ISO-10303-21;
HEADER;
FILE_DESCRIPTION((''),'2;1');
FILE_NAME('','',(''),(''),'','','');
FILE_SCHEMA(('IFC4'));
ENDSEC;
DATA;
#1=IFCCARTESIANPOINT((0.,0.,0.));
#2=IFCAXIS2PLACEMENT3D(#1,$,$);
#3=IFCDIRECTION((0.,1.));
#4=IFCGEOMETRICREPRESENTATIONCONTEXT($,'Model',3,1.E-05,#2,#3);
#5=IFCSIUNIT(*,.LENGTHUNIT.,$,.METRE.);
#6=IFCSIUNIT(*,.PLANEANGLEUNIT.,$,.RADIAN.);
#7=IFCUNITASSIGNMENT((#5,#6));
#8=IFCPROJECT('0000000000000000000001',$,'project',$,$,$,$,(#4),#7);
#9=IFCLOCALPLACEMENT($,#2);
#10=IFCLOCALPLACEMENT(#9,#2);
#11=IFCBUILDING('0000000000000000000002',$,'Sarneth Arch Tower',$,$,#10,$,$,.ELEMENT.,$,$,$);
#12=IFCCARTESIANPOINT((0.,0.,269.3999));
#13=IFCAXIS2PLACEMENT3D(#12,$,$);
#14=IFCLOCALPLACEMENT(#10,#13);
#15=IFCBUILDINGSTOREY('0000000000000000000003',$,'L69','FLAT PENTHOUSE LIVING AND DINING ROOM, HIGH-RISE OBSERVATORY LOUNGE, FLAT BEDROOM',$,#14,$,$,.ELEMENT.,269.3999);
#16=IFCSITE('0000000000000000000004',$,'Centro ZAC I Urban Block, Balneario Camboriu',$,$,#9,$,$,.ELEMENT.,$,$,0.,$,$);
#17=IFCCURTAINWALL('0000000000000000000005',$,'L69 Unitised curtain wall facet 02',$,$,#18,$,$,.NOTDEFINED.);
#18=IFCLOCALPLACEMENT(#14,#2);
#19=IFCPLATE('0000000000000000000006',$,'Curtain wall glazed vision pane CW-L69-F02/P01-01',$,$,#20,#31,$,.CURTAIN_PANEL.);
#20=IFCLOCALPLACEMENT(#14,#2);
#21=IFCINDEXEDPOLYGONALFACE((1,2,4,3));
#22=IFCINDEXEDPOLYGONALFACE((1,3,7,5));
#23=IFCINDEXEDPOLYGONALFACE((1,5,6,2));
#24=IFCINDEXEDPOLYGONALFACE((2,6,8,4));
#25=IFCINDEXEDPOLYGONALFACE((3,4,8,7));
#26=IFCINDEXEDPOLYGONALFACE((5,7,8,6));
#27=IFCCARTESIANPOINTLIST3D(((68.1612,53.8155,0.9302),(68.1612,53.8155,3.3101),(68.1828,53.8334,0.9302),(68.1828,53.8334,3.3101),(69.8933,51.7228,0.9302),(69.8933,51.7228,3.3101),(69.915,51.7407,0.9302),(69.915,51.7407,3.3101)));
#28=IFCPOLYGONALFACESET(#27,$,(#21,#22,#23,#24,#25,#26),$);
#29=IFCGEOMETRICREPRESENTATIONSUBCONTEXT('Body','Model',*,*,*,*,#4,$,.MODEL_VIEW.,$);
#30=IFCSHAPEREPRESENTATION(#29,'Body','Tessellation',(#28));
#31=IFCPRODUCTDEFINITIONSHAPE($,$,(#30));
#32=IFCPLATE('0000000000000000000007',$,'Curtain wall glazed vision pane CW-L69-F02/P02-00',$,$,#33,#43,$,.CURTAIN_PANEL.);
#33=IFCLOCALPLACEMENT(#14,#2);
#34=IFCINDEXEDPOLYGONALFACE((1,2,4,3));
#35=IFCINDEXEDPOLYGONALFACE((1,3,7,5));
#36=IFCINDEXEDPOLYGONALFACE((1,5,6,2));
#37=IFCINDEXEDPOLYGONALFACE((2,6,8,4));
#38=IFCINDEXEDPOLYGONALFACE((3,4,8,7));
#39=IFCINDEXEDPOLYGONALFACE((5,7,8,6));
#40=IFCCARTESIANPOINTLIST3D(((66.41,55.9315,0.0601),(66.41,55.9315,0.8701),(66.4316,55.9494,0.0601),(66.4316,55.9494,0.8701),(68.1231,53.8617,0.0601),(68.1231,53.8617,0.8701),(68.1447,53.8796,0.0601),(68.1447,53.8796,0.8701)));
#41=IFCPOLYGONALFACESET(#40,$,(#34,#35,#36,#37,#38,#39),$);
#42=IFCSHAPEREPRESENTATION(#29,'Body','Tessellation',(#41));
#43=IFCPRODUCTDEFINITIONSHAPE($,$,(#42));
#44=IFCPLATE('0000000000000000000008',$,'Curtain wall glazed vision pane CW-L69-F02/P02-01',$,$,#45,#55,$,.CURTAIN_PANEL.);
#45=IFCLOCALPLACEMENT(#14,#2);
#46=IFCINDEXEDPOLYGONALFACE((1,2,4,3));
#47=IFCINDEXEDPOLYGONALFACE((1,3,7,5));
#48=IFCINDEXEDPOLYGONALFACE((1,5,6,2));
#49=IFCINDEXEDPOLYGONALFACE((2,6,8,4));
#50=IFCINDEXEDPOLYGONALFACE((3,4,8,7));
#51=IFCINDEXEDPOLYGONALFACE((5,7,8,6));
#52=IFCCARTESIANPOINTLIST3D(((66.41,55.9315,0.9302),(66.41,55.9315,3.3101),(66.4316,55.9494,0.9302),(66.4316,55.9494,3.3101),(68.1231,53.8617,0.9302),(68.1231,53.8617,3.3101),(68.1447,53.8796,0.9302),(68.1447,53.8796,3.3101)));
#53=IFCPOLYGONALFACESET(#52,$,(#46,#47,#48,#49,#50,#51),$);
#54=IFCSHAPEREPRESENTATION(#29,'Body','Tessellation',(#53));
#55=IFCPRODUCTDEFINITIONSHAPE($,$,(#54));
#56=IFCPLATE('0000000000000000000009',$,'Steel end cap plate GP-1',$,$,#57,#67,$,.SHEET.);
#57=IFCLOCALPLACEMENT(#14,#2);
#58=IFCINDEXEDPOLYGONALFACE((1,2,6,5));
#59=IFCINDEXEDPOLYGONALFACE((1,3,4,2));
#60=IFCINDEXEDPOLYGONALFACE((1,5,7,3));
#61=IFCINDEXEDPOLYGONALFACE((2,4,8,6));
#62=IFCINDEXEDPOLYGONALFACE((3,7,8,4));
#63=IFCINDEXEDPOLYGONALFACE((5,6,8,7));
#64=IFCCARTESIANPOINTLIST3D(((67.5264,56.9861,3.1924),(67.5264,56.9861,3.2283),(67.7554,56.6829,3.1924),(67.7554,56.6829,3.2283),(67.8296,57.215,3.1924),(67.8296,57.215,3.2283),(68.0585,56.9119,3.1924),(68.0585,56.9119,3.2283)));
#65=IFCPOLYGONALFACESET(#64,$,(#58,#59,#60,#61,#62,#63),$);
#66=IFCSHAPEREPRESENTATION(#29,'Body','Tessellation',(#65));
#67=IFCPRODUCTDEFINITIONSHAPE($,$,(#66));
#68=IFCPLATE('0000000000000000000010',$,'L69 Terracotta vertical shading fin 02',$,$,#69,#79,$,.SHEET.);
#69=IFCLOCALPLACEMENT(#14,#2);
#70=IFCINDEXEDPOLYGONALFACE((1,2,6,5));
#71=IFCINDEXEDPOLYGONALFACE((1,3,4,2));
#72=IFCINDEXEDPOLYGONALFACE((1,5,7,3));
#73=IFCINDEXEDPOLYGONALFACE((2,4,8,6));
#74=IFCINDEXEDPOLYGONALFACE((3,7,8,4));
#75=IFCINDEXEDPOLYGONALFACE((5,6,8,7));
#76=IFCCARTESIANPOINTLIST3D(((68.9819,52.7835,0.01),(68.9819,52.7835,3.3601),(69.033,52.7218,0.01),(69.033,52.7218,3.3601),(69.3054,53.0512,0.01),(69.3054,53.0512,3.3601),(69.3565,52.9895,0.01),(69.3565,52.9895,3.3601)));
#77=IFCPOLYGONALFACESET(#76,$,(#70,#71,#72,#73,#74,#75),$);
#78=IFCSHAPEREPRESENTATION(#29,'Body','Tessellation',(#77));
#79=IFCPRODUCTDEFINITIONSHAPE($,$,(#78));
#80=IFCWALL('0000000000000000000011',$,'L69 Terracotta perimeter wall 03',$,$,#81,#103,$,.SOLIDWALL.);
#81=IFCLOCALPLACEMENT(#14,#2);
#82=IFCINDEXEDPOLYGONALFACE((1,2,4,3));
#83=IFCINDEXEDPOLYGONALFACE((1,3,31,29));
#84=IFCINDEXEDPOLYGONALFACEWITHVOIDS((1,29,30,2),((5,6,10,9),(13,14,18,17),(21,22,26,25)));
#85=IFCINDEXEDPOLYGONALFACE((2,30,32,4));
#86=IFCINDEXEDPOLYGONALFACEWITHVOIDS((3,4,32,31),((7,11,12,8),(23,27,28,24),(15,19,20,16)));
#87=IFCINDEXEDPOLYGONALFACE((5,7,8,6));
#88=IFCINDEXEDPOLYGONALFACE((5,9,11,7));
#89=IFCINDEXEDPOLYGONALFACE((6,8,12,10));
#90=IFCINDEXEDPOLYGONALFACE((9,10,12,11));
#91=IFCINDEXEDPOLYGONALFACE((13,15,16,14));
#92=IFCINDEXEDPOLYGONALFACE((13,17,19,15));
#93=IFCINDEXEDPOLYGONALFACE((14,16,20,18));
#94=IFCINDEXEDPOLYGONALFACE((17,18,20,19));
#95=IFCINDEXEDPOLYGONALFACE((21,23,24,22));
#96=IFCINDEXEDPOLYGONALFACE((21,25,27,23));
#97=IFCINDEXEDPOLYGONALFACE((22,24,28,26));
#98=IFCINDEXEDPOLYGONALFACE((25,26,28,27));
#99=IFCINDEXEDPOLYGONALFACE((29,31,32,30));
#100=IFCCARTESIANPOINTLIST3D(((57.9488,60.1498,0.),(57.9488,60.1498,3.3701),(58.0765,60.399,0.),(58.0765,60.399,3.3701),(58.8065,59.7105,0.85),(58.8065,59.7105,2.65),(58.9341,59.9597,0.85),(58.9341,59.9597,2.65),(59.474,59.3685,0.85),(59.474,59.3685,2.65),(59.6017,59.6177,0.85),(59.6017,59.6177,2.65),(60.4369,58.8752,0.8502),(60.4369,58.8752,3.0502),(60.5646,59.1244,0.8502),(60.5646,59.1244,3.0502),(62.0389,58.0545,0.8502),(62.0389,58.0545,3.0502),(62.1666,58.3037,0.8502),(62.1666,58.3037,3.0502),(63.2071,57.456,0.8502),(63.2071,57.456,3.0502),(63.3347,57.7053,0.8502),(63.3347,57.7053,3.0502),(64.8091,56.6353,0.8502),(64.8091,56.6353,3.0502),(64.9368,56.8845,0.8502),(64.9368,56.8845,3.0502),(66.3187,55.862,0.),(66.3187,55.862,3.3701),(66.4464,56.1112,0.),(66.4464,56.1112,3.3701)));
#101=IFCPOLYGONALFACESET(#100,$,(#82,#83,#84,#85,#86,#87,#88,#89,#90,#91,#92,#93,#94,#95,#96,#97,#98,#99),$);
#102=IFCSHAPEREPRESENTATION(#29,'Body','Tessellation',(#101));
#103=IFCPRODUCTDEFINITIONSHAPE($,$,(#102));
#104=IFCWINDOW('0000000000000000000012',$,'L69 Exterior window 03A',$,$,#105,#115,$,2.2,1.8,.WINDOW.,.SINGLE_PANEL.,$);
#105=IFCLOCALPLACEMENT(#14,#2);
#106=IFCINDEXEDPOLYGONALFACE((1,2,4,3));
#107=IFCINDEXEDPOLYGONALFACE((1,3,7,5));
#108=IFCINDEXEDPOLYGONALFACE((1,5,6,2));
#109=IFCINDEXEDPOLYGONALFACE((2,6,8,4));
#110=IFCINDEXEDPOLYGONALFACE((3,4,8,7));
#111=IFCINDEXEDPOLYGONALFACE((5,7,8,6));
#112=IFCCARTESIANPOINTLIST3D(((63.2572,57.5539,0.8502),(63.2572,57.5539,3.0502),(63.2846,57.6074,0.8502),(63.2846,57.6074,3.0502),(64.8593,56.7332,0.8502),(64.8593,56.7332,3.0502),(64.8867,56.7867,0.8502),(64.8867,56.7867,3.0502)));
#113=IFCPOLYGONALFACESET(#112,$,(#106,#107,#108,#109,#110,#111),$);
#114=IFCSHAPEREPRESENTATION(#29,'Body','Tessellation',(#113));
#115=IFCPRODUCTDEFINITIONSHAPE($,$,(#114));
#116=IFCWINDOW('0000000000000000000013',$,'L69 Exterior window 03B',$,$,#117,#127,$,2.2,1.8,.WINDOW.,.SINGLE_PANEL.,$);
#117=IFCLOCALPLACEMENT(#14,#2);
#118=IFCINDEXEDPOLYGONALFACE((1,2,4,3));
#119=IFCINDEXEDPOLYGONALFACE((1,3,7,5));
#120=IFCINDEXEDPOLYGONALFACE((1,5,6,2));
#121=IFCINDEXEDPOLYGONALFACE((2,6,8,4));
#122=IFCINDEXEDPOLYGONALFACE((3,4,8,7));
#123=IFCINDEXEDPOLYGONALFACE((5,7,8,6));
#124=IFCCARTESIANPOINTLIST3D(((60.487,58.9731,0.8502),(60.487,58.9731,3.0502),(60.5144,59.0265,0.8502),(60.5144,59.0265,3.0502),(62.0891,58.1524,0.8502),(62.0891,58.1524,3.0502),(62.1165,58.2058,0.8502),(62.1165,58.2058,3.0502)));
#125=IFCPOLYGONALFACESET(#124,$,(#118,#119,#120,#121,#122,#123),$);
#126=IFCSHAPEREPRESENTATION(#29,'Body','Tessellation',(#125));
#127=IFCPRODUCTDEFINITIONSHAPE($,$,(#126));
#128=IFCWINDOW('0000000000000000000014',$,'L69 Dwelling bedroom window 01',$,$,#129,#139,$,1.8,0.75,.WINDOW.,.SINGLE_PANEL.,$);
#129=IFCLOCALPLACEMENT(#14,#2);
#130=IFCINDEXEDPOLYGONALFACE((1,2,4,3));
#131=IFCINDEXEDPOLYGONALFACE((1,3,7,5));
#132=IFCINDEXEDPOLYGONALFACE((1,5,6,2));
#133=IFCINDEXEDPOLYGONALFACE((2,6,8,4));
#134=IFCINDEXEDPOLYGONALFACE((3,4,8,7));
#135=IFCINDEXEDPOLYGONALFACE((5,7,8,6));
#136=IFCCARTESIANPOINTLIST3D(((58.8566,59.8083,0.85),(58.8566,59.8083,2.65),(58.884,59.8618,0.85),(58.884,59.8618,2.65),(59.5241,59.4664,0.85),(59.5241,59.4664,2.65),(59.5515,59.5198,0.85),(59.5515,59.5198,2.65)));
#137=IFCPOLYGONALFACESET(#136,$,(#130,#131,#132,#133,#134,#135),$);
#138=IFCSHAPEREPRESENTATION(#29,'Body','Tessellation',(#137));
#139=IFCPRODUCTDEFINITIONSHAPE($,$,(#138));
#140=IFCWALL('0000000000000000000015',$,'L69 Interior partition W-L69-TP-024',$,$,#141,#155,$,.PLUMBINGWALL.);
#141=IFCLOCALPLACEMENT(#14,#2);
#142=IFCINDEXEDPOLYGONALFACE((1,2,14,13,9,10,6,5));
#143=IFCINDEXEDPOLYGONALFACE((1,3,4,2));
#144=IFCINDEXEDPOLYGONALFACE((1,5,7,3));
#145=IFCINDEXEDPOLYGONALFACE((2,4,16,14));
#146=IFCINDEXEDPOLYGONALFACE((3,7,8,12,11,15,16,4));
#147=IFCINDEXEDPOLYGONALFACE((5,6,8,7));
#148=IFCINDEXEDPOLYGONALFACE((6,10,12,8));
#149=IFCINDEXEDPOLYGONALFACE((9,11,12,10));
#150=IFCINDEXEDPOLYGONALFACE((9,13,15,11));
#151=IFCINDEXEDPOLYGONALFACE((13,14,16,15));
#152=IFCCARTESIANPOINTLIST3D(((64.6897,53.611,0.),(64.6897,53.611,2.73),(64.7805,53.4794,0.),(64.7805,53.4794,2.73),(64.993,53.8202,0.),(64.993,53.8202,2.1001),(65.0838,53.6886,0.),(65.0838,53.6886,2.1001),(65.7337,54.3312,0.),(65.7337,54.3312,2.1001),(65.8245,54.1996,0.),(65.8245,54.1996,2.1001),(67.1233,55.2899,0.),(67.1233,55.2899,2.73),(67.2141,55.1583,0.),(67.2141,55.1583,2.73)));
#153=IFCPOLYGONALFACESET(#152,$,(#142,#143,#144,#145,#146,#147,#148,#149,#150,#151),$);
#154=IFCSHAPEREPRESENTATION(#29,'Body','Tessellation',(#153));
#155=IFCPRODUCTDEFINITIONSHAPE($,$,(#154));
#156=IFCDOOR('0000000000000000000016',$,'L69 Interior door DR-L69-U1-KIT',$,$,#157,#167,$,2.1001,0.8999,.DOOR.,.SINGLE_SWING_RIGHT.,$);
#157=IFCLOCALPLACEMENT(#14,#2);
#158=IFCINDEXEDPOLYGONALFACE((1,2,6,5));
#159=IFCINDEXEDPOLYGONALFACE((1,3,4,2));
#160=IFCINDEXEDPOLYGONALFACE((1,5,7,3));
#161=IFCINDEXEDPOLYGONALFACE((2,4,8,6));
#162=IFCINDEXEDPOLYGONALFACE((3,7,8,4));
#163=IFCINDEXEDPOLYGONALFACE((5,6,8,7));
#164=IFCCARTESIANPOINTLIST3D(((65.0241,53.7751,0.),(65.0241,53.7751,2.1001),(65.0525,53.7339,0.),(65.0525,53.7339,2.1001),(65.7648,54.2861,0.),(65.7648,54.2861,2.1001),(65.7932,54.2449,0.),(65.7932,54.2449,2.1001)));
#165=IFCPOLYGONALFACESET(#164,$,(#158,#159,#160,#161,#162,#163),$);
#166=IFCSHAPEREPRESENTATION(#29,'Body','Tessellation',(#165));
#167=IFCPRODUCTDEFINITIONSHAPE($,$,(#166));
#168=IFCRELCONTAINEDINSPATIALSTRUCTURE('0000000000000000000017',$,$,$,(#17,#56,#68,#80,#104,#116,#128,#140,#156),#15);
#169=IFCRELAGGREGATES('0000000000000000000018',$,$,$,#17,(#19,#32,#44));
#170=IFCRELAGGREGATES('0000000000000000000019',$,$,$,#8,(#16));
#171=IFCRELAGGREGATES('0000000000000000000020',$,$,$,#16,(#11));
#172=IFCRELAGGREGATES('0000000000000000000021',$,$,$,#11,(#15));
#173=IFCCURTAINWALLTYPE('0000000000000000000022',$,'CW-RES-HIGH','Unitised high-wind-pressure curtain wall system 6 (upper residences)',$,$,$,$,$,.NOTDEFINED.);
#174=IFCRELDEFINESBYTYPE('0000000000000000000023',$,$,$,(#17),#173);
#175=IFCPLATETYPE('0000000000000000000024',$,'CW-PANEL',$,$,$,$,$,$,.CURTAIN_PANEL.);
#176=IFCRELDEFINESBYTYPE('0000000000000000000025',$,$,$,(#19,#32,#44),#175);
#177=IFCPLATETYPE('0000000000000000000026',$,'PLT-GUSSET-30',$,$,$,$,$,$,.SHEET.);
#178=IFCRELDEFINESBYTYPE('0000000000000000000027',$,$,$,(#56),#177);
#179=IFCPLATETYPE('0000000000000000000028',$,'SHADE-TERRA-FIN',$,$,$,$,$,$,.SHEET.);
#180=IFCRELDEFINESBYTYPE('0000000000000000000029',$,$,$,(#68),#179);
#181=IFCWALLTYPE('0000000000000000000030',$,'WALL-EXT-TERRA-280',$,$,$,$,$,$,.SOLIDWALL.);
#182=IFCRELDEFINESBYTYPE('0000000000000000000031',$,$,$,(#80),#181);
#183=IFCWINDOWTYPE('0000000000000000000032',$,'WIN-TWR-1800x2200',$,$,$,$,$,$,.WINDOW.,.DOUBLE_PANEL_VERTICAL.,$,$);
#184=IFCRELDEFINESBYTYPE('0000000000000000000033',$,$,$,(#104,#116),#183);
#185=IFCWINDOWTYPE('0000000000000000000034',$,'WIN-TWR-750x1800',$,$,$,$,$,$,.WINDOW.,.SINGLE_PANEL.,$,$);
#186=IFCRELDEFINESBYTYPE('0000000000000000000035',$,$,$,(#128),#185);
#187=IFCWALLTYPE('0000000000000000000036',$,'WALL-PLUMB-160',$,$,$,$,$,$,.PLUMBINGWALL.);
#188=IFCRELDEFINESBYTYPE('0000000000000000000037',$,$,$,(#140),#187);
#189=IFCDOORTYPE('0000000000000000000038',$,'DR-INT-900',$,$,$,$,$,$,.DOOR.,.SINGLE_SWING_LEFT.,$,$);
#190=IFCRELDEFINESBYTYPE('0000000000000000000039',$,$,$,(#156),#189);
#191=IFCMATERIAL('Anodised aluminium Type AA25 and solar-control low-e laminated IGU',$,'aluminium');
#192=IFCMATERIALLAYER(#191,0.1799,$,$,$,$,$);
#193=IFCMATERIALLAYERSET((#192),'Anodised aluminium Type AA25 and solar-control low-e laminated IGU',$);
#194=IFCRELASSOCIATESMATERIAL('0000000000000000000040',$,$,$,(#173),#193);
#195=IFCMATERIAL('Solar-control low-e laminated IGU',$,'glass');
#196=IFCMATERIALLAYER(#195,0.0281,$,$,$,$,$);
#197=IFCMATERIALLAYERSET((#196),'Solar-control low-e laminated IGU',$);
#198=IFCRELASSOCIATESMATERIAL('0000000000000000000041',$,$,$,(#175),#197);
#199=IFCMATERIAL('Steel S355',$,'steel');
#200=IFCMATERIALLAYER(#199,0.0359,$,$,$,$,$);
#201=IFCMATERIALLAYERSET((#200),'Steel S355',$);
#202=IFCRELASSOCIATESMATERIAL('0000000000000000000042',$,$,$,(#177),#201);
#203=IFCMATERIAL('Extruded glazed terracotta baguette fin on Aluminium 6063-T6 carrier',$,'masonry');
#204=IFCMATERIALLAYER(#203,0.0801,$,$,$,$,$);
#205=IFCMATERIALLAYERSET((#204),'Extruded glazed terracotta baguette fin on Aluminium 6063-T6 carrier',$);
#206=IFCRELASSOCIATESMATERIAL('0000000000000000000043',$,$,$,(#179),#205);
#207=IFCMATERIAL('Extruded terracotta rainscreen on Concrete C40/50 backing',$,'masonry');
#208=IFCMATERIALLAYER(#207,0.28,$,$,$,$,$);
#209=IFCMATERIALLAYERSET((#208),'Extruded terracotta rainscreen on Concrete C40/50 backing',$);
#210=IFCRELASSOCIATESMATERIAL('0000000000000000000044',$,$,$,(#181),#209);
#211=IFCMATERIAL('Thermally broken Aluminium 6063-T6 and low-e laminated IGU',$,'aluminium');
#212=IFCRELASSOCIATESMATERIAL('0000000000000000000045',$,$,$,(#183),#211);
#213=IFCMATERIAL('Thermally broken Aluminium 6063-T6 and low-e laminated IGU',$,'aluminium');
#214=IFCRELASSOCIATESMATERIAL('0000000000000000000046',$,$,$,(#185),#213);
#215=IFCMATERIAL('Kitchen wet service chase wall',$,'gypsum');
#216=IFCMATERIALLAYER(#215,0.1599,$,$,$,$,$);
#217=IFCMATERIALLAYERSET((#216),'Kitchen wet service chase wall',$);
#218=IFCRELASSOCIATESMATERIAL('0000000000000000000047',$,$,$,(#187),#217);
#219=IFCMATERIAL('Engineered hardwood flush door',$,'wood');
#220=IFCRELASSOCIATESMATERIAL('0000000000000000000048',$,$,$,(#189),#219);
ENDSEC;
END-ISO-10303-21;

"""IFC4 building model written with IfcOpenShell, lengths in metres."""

from ifc_helpers import new_model, si_unit, direction, frame, frame_2d, origin, origin_2d, place, context, subcontext, project, spatial, rectangle, extrude, material, layer, layer_set, type_object, element, fill, aggregate, save


model = new_model("IFC4")

# Units and contexts
model_context = context("Model", 3, precision=1e-05, world=origin(), true_north=direction((0.0, 1.0)))
body_context = subcontext(model_context, "Body", "Model", "MODEL_VIEW")
ifc_project = project(units=[si_unit("LENGTHUNIT", "METRE"), si_unit("PLANEANGLEUNIT", "RADIAN")], contexts=[model_context])

# Site, building, storey
site_placement = place(None, origin())
site = spatial("IfcSite", under=ifc_project, at=site_placement, Name="Centro ZAC I Urban Block, Balneario Camboriu", CompositionType="ELEMENT", RefElevation=0.0)
building_placement = place(site_placement, origin())
building = spatial("IfcBuilding", under=site, at=building_placement, Name="Sarneth Arch Tower", CompositionType="ELEMENT")
storey_placement = place(building_placement, frame((0.0, 0.0, 269.3999)))
storey = spatial("IfcBuildingStorey", under=building, at=storey_placement, Name="L69", Description="FLAT PENTHOUSE LIVING AND DINING ROOM, HIGH-RISE OBSERVATORY LOUNGE, FLAT BEDROOM", CompositionType="ELEMENT", Elevation=269.3999)

# Curtain wall
ifc_material_1 = material(Name="Anodised aluminium Type AA25 and solar-control low-e laminated IGU", Category="aluminium")
ifc_layer_1 = layer(ifc_material_1, 0.1799)
ifc_layer_set_1 = layer_set([ifc_layer_1], Name="Anodised aluminium Type AA25 and solar-control low-e laminated IGU")
curtain_wall_type = type_object("IfcCurtainWallType", Name="CW-RES-HIGH", Description="Unitised high-wind-pressure curtain wall system 6 (upper residences)", PredefinedType="NOTDEFINED", material=ifc_layer_set_1)
curtain_wall_placement = place(storey_placement, origin())
curtain_wall = element("IfcCurtainWall", 1, at=curtain_wall_placement, inside=storey, type_object=curtain_wall_type, Name="L69 Unitised curtain wall facet 02", PredefinedType="NOTDEFINED")

# Plates
ifc_material_2 = material(Name="Solar-control low-e laminated IGU", Category="glass")
ifc_layer_2 = layer(ifc_material_2, 0.0281)
ifc_layer_set_2 = layer_set([ifc_layer_2], Name="Solar-control low-e laminated IGU")
plate_type_1 = type_object("IfcPlateType", Name="CW-PANEL", PredefinedType="CURTAIN_PANEL", material=ifc_layer_set_2)
plate_1_placement = place(storey_placement, frame((69.0381, 52.7781, 0.9302), z_axis=(0.0, 0.0, 1.0), x_axis=(-0.63761, 0.770359, 0.0)))
plate_1 = element("IfcPlate", 2, at=plate_1_placement, type_object=plate_type_1, Name="Curtain wall glazed vision pane CW-L69-F02/P01-01", PredefinedType="CURTAIN_PANEL", context=body_context, shape_type="SweptSolid", body=[
    extrude(rectangle(XDim=2.7166, YDim=0.0281, at=origin_2d()), origin(), (0.0, 0.0, 1.0), 2.3799),
])
plate_2_placement = place(storey_placement, frame((67.2773, 54.9055, 0.0601), z_axis=(0.0, 0.0, 1.0), x_axis=(-0.63761, 0.770359, 0.0)))
plate_2 = element("IfcPlate", 3, at=plate_2_placement, type_object=plate_type_1, Name="Curtain wall glazed vision pane CW-L69-F02/P02-00", PredefinedType="CURTAIN_PANEL", context=body_context, shape_type="SweptSolid", body=[
    extrude(rectangle(XDim=2.6868, YDim=0.0281, at=origin_2d()), origin(), (0.0, 0.0, 1.0), 0.8101),
])
plate_3_placement = place(storey_placement, frame((67.2773, 54.9055, 0.9302), z_axis=(0.0, 0.0, 1.0), x_axis=(-0.63761, 0.770359, 0.0)))
plate_3 = element("IfcPlate", 4, at=plate_3_placement, type_object=plate_type_1, Name="Curtain wall glazed vision pane CW-L69-F02/P02-01", PredefinedType="CURTAIN_PANEL", context=body_context, shape_type="SweptSolid", body=[
    extrude(rectangle(XDim=2.6868, YDim=0.0281, at=origin_2d()), origin(), (0.0, 0.0, 1.0), 2.3799),
])
aggregate(curtain_wall, [plate_1, plate_2, plate_3])

# Plates
ifc_material_3 = material(Name="Steel S355", Category="steel")
ifc_layer_3 = layer(ifc_material_3, 0.0359)
ifc_layer_set_3 = layer_set([ifc_layer_3], Name="Steel S355")
plate_type_2 = type_object("IfcPlateType", Name="PLT-GUSSET-30", PredefinedType="SHEET", material=ifc_layer_set_3)
plate_4_placement = place(storey_placement, frame((67.7925, 56.949, 3.1924), z_axis=(0.0, 0.0, 1.0), x_axis=(0.798005, 0.602651, 0.0)))
element("IfcPlate", 5, at=plate_4_placement, inside=storey, type_object=plate_type_2, Name="Steel end cap plate GP-1", PredefinedType="SHEET", context=body_context, shape_type="SweptSolid", body=[
    extrude(rectangle(XDim=0.3799, YDim=0.3799, at=origin_2d()), origin(), (0.0, 0.0, 1.0), 0.0359),
])
ifc_material_4 = material(Name="Extruded glazed terracotta baguette fin on Aluminium 6063-T6 carrier", Category="masonry")
ifc_layer_4 = layer(ifc_material_4, 0.0801)
ifc_layer_set_4 = layer_set([ifc_layer_4], Name="Extruded glazed terracotta baguette fin on Aluminium 6063-T6 carrier")
plate_type_3 = type_object("IfcPlateType", Name="SHADE-TERRA-FIN", PredefinedType="SHEET", material=ifc_layer_set_4)
plate_5_placement = place(storey_placement, frame((69.1692, 52.8865, 0.01), z_axis=(0.0, 0.0, 1.0), x_axis=(0.770402, 0.637558, 0.0)))
element("IfcPlate", 6, at=plate_5_placement, inside=storey, type_object=plate_type_3, Name="L69 Terracotta vertical shading fin 02", PredefinedType="SHEET", context=body_context, shape_type="SweptSolid", body=[
    extrude(rectangle(XDim=0.4199, YDim=0.0801, at=origin_2d()), origin(), (0.0, 0.0, 1.0), 3.3501),
])

# Wall, openings, windows
ifc_material_5 = material(Name="Extruded terracotta rainscreen on Concrete C40/50 backing", Category="masonry")
ifc_layer_5 = layer(ifc_material_5, 0.28)
ifc_layer_set_5 = layer_set([ifc_layer_5], Name="Extruded terracotta rainscreen on Concrete C40/50 backing")
wall_type_1 = type_object("IfcWallType", Name="WALL-EXT-TERRA-280", PredefinedType="SOLIDWALL", material=ifc_layer_set_5)
wall_1_placement = place(storey_placement, frame((66.3826, 55.9866, 0.0), z_axis=(0.0, 0.0, 1.0), x_axis=(-0.890007, 0.455946, 0.0)))
wall_1 = element("IfcWall", 7, at=wall_1_placement, inside=storey, type_object=wall_type_1, Name="L69 Terracotta perimeter wall 03", PredefinedType="SOLIDWALL", context=body_context, shape_type="SweptSolid", body=[
    extrude(rectangle(XDim=9.4043, YDim=0.28, at=frame_2d((4.7021, 0.0))), origin(), (0.0, 0.0, 1.0), 3.3701),
])
opening_1_placement = place(wall_1_placement, frame((1.6963, 0.0, 0.8501)))
opening_1 = element("IfcOpeningElement", 8, at=opening_1_placement, cuts=wall_1, PredefinedType="OPENING", context=body_context, shape_type="SweptSolid", body=[
    extrude(rectangle(XDim=1.8, YDim=2.2, at=frame_2d((0.8999, 1.1001))), frame((0.0, 0.1499, 0.0), z_axis=(0.0, -1.0, 0.0), x_axis=(1.0, 0.0, 0.0)), (0.0, 0.0, 1.0), 0.3),
])
opening_2_placement = place(wall_1_placement, frame((4.8088, 0.0, 0.8501)))
opening_2 = element("IfcOpeningElement", 9, at=opening_2_placement, cuts=wall_1, PredefinedType="OPENING", context=body_context, shape_type="SweptSolid", body=[
    extrude(rectangle(XDim=1.8, YDim=2.2, at=frame_2d((0.8999, 1.1001))), frame((0.0, 0.1499, 0.0), z_axis=(0.0, -1.0, 0.0), x_axis=(1.0, 0.0, 0.0)), (0.0, 0.0, 1.0), 0.3),
])
opening_3_placement = place(wall_1_placement, frame((7.6907, 0.0, 0.8501)))
opening_3 = element("IfcOpeningElement", 10, at=opening_3_placement, cuts=wall_1, PredefinedType="OPENING", context=body_context, shape_type="SweptSolid", body=[
    extrude(rectangle(XDim=0.75, YDim=1.8, at=frame_2d((0.375, 0.8999))), frame((0.0, 0.1499, 0.0), z_axis=(0.0, -1.0, 0.0), x_axis=(1.0, 0.0, 0.0)), (0.0, 0.0, 1.0), 0.3),
])
ifc_material_6 = material(Name="Thermally broken Aluminium 6063-T6 and low-e laminated IGU", Category="aluminium")
window_type_1 = type_object("IfcWindowType", Name="WIN-TWR-1800x2200", PartitioningType="DOUBLE_PANEL_VERTICAL", PredefinedType="WINDOW", material=ifc_material_6)
window_1_placement = place(opening_1_placement, origin())
window_1 = element("IfcWindow", 11, at=window_1_placement, inside=storey, type_object=window_type_1, Name="L69 Exterior window 03A", OverallHeight=2.2, OverallWidth=1.8, PartitioningType="SINGLE_PANEL", PredefinedType="WINDOW", context=body_context, shape_type="SweptSolid", body=[
    extrude(rectangle(XDim=1.8, YDim=2.2, at=frame_2d((0.8999, 1.1001))), frame((0.0, 0.03, 0.0), z_axis=(0.0, -1.0, 0.0), x_axis=(1.0, 0.0, 0.0)), (0.0, 0.0, 1.0), 0.0601),
])
fill(opening_1, window_1)
window_2_placement = place(opening_2_placement, origin())
window_2 = element("IfcWindow", 12, at=window_2_placement, inside=storey, type_object=window_type_1, Name="L69 Exterior window 03B", OverallHeight=2.2, OverallWidth=1.8, PartitioningType="SINGLE_PANEL", PredefinedType="WINDOW", context=body_context, shape_type="SweptSolid", body=[
    extrude(rectangle(XDim=1.8, YDim=2.2, at=frame_2d((0.8999, 1.1001))), frame((0.0, 0.03, 0.0), z_axis=(0.0, -1.0, 0.0), x_axis=(1.0, 0.0, 0.0)), (0.0, 0.0, 1.0), 0.0601),
])
fill(opening_2, window_2)
ifc_material_7 = material(Name="Thermally broken Aluminium 6063-T6 and low-e laminated IGU", Category="aluminium")
window_type_2 = type_object("IfcWindowType", Name="WIN-TWR-750x1800", PartitioningType="SINGLE_PANEL", PredefinedType="WINDOW", material=ifc_material_7)
window_3_placement = place(opening_3_placement, origin())
window_3 = element("IfcWindow", 13, at=window_3_placement, inside=storey, type_object=window_type_2, Name="L69 Dwelling bedroom window 01", OverallHeight=1.8, OverallWidth=0.75, PartitioningType="SINGLE_PANEL", PredefinedType="WINDOW", context=body_context, shape_type="SweptSolid", body=[
    extrude(rectangle(XDim=0.75, YDim=1.8, at=frame_2d((0.375, 0.8999))), frame((0.0, 0.03, 0.0), z_axis=(0.0, -1.0, 0.0), x_axis=(1.0, 0.0, 0.0)), (0.0, 0.0, 1.0), 0.0601),
])
fill(opening_3, window_3)

# Wall, opening, door
ifc_material_8 = material(Name="Kitchen wet service chase wall", Category="gypsum")
ifc_layer_6 = layer(ifc_material_8, 0.1599)
ifc_layer_set_6 = layer_set([ifc_layer_6], Name="Kitchen wet service chase wall")
wall_type_2 = type_object("IfcWallType", Name="WALL-PLUMB-160", PredefinedType="PLUMBINGWALL", material=ifc_layer_set_6)
wall_2_placement = place(storey_placement, frame((67.1687, 55.2241, 0.0), z_axis=(0.0, 0.0, 1.0), x_axis=(-0.823116, -0.567874, 0.0)))
wall_2 = element("IfcWall", 14, at=wall_2_placement, inside=storey, type_object=wall_type_2, Name="L69 Interior partition W-L69-TP-024", PredefinedType="PLUMBINGWALL", context=body_context, shape_type="SweptSolid", body=[
    extrude(rectangle(XDim=2.9565, YDim=0.1599, at=frame_2d((1.4783, 0.0))), origin(), (0.0, 0.0, 1.0), 2.73),
])
opening_4_placement = place(wall_2_placement, frame((1.6882, 0.0, 0.0)))
opening_4 = element("IfcOpeningElement", 15, at=opening_4_placement, cuts=wall_2, PredefinedType="OPENING", context=body_context, shape_type="SweptSolid", body=[
    extrude(rectangle(XDim=0.8999, YDim=2.1001, at=frame_2d((0.45, 1.05))), frame((0.0, 0.0898, 0.0), z_axis=(0.0, -1.0, 0.0), x_axis=(1.0, 0.0, 0.0)), (0.0, 0.0, 1.0), 0.1799),
])
ifc_material_9 = material(Name="Engineered hardwood flush door", Category="wood")
door_type = type_object("IfcDoorType", Name="DR-INT-900", OperationType="SINGLE_SWING_LEFT", PredefinedType="DOOR", material=ifc_material_9)
door_placement = place(opening_4_placement, origin())
door = element("IfcDoor", 16, at=door_placement, inside=storey, type_object=door_type, Name="L69 Interior door DR-L69-U1-KIT", OperationType="SINGLE_SWING_RIGHT", OverallHeight=2.1001, OverallWidth=0.8999, PredefinedType="DOOR", context=body_context, shape_type="SweptSolid", body=[
    extrude(rectangle(XDim=0.8999, YDim=2.1001, at=frame_2d((0.45, 1.05))), frame((0.0, 0.0249, 0.0), z_axis=(0.0, -1.0, 0.0), x_axis=(1.0, 0.0, 0.0)), (0.0, 0.0, 1.0), 0.05),
])
fill(opening_4, door)

save(model, "model.ifc")
